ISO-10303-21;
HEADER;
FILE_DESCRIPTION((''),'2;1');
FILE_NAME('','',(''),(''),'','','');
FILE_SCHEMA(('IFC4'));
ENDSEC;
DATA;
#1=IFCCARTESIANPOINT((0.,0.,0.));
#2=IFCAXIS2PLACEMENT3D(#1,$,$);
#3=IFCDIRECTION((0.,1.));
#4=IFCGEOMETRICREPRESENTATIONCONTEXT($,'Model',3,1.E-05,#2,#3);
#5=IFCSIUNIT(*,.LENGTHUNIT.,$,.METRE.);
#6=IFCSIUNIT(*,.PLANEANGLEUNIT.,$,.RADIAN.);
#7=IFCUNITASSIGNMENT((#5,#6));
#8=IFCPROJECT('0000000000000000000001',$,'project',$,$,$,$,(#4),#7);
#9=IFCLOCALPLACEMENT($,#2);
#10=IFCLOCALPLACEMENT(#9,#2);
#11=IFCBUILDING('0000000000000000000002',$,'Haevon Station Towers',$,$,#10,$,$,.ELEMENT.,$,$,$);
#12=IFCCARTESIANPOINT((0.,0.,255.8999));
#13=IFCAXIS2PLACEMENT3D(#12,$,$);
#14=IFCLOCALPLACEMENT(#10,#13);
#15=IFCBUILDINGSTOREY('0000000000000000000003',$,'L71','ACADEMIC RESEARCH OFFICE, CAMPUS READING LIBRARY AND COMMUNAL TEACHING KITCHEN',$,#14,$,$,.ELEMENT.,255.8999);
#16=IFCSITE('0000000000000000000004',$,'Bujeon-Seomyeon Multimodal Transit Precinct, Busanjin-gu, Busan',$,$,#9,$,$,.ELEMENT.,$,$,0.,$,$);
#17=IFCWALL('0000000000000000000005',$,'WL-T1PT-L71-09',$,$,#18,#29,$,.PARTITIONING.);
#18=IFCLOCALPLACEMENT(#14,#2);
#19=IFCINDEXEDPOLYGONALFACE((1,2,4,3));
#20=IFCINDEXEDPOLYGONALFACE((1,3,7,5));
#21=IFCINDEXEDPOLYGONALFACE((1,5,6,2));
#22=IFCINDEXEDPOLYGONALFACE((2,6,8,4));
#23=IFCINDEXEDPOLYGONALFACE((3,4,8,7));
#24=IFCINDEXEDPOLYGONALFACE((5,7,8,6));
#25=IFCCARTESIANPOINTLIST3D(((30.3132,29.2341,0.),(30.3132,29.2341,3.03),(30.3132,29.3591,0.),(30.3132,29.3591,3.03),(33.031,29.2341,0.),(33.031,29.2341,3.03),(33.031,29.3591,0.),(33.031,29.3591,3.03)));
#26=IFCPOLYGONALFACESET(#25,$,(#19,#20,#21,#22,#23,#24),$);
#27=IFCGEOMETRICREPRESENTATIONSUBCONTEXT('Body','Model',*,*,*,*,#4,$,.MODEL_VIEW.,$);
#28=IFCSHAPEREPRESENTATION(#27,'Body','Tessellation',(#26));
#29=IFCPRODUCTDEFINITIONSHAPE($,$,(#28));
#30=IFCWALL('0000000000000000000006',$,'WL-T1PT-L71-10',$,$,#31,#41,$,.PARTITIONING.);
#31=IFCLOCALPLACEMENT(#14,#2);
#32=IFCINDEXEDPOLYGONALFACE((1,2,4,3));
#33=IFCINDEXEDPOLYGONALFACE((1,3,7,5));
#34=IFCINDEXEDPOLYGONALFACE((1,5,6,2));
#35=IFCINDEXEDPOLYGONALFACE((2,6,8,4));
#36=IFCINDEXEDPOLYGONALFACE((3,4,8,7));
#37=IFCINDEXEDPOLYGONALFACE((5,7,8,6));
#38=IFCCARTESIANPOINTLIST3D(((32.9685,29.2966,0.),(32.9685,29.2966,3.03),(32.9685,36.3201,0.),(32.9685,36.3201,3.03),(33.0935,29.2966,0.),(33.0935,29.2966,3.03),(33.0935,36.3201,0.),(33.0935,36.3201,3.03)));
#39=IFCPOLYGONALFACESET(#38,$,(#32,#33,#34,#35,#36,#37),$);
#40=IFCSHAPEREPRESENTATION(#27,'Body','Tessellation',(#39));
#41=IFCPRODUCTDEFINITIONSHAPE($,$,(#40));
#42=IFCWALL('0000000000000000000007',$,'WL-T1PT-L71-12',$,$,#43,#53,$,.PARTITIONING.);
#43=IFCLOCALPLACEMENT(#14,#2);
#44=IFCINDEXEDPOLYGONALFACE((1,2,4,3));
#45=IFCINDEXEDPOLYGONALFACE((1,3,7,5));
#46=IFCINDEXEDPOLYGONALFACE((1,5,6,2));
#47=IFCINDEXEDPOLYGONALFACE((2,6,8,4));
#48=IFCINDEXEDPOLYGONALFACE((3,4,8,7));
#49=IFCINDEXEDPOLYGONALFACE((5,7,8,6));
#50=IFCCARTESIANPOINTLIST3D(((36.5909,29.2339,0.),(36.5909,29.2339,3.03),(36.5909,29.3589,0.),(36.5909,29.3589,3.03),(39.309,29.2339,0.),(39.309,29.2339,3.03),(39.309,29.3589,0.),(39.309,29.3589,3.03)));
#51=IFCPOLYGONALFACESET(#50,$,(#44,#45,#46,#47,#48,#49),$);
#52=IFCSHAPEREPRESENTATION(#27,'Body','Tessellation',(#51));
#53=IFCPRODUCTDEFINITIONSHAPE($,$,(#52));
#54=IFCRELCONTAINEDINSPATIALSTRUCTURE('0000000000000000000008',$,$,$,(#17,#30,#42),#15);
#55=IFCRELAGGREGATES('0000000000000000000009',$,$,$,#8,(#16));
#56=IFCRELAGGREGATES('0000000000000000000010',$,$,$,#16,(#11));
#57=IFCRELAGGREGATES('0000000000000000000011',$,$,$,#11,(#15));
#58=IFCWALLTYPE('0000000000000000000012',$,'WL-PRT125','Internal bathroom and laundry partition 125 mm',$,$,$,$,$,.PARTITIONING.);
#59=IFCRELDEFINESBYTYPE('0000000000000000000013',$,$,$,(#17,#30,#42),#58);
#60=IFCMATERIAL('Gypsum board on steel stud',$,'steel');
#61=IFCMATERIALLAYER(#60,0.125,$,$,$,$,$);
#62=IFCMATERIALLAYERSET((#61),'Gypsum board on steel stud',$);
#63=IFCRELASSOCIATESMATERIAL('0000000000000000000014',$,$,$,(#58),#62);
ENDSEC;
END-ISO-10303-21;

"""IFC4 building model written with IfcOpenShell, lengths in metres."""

from ifc_helpers import new_model, si_unit, direction, frame, frame_2d, origin, place, context, subcontext, project, spatial, rectangle, extrude, material, layer, layer_set, type_object, element, save


model = new_model("IFC4")

# Units and contexts
model_context = context("Model", 3, precision=1e-05, world=origin(), true_north=direction((0.0, 1.0)))
body_context = subcontext(model_context, "Body", "Model", "MODEL_VIEW")
ifc_project = project(units=[si_unit("LENGTHUNIT", "METRE"), si_unit("PLANEANGLEUNIT", "RADIAN")], contexts=[model_context])

# Site, building, storey
site_placement = place(None, origin())
site = spatial("IfcSite", under=ifc_project, at=site_placement, Name="Bujeon-Seomyeon Multimodal Transit Precinct, Busanjin-gu, Busan", CompositionType="ELEMENT", RefElevation=0.0)
building_placement = place(site_placement, origin())
building = spatial("IfcBuilding", under=site, at=building_placement, Name="Haevon Station Towers", CompositionType="ELEMENT")
storey_placement = place(building_placement, frame((0.0, 0.0, 255.8999)))
storey = spatial("IfcBuildingStorey", under=building, at=storey_placement, Name="L71", Description="ACADEMIC RESEARCH OFFICE, CAMPUS READING LIBRARY AND COMMUNAL TEACHING KITCHEN", CompositionType="ELEMENT", Elevation=255.8999)

# Walls
ifc_material_1 = material(Name="Gypsum board on steel stud", Category="steel")
ifc_layer_1 = layer(ifc_material_1, 0.125)
ifc_layer_set_1 = layer_set([ifc_layer_1], Name="Gypsum board on steel stud")
wall_type_1 = type_object("IfcWallType", Name="WL-PRT125", Description="Internal bathroom and laundry partition 125 mm", PredefinedType="PARTITIONING", material=ifc_layer_set_1)
wall_1_placement = place(storey_placement, frame((30.3132, 29.2966, 0.0), z_axis=(0.0, 0.0, 1.0), x_axis=(1.0, 0.0, 0.0)))
element("IfcWall", 1, at=wall_1_placement, inside=storey, type_object=wall_type_1, Name="WL-T1PT-L71-09", PredefinedType="PARTITIONING", context=body_context, shape_type="SweptSolid", body=[
    extrude(rectangle(XDim=2.7178, YDim=0.125, at=frame_2d((1.3589, 0.0))), origin(), (0.0, 0.0, 1.0), 3.03),
])
wall_2_placement = place(storey_placement, frame((33.031, 29.2966, 0.0), z_axis=(0.0, 0.0, 1.0), x_axis=(0.0, 1.0, 0.0)))
element("IfcWall", 2, at=wall_2_placement, inside=storey, type_object=wall_type_1, Name="WL-T1PT-L71-10", PredefinedType="PARTITIONING", context=body_context, shape_type="SweptSolid", body=[
    extrude(rectangle(XDim=7.0234, YDim=0.125, at=frame_2d((3.5117, 0.0))), origin(), (0.0, 0.0, 1.0), 3.03),
])
wall_3_placement = place(storey_placement, frame((36.5911, 29.2964, 0.0), z_axis=(0.0, 0.0, 1.0), x_axis=(1.0, 0.0, 0.0)))
element("IfcWall", 3, at=wall_3_placement, inside=storey, type_object=wall_type_1, Name="WL-T1PT-L71-12", PredefinedType="PARTITIONING", context=body_context, shape_type="SweptSolid", body=[
    extrude(rectangle(XDim=2.718, YDim=0.125, at=frame_2d((1.3589, 0.0))), origin(), (0.0, 0.0, 1.0), 3.03),
])

save(model, "model.ifc")
